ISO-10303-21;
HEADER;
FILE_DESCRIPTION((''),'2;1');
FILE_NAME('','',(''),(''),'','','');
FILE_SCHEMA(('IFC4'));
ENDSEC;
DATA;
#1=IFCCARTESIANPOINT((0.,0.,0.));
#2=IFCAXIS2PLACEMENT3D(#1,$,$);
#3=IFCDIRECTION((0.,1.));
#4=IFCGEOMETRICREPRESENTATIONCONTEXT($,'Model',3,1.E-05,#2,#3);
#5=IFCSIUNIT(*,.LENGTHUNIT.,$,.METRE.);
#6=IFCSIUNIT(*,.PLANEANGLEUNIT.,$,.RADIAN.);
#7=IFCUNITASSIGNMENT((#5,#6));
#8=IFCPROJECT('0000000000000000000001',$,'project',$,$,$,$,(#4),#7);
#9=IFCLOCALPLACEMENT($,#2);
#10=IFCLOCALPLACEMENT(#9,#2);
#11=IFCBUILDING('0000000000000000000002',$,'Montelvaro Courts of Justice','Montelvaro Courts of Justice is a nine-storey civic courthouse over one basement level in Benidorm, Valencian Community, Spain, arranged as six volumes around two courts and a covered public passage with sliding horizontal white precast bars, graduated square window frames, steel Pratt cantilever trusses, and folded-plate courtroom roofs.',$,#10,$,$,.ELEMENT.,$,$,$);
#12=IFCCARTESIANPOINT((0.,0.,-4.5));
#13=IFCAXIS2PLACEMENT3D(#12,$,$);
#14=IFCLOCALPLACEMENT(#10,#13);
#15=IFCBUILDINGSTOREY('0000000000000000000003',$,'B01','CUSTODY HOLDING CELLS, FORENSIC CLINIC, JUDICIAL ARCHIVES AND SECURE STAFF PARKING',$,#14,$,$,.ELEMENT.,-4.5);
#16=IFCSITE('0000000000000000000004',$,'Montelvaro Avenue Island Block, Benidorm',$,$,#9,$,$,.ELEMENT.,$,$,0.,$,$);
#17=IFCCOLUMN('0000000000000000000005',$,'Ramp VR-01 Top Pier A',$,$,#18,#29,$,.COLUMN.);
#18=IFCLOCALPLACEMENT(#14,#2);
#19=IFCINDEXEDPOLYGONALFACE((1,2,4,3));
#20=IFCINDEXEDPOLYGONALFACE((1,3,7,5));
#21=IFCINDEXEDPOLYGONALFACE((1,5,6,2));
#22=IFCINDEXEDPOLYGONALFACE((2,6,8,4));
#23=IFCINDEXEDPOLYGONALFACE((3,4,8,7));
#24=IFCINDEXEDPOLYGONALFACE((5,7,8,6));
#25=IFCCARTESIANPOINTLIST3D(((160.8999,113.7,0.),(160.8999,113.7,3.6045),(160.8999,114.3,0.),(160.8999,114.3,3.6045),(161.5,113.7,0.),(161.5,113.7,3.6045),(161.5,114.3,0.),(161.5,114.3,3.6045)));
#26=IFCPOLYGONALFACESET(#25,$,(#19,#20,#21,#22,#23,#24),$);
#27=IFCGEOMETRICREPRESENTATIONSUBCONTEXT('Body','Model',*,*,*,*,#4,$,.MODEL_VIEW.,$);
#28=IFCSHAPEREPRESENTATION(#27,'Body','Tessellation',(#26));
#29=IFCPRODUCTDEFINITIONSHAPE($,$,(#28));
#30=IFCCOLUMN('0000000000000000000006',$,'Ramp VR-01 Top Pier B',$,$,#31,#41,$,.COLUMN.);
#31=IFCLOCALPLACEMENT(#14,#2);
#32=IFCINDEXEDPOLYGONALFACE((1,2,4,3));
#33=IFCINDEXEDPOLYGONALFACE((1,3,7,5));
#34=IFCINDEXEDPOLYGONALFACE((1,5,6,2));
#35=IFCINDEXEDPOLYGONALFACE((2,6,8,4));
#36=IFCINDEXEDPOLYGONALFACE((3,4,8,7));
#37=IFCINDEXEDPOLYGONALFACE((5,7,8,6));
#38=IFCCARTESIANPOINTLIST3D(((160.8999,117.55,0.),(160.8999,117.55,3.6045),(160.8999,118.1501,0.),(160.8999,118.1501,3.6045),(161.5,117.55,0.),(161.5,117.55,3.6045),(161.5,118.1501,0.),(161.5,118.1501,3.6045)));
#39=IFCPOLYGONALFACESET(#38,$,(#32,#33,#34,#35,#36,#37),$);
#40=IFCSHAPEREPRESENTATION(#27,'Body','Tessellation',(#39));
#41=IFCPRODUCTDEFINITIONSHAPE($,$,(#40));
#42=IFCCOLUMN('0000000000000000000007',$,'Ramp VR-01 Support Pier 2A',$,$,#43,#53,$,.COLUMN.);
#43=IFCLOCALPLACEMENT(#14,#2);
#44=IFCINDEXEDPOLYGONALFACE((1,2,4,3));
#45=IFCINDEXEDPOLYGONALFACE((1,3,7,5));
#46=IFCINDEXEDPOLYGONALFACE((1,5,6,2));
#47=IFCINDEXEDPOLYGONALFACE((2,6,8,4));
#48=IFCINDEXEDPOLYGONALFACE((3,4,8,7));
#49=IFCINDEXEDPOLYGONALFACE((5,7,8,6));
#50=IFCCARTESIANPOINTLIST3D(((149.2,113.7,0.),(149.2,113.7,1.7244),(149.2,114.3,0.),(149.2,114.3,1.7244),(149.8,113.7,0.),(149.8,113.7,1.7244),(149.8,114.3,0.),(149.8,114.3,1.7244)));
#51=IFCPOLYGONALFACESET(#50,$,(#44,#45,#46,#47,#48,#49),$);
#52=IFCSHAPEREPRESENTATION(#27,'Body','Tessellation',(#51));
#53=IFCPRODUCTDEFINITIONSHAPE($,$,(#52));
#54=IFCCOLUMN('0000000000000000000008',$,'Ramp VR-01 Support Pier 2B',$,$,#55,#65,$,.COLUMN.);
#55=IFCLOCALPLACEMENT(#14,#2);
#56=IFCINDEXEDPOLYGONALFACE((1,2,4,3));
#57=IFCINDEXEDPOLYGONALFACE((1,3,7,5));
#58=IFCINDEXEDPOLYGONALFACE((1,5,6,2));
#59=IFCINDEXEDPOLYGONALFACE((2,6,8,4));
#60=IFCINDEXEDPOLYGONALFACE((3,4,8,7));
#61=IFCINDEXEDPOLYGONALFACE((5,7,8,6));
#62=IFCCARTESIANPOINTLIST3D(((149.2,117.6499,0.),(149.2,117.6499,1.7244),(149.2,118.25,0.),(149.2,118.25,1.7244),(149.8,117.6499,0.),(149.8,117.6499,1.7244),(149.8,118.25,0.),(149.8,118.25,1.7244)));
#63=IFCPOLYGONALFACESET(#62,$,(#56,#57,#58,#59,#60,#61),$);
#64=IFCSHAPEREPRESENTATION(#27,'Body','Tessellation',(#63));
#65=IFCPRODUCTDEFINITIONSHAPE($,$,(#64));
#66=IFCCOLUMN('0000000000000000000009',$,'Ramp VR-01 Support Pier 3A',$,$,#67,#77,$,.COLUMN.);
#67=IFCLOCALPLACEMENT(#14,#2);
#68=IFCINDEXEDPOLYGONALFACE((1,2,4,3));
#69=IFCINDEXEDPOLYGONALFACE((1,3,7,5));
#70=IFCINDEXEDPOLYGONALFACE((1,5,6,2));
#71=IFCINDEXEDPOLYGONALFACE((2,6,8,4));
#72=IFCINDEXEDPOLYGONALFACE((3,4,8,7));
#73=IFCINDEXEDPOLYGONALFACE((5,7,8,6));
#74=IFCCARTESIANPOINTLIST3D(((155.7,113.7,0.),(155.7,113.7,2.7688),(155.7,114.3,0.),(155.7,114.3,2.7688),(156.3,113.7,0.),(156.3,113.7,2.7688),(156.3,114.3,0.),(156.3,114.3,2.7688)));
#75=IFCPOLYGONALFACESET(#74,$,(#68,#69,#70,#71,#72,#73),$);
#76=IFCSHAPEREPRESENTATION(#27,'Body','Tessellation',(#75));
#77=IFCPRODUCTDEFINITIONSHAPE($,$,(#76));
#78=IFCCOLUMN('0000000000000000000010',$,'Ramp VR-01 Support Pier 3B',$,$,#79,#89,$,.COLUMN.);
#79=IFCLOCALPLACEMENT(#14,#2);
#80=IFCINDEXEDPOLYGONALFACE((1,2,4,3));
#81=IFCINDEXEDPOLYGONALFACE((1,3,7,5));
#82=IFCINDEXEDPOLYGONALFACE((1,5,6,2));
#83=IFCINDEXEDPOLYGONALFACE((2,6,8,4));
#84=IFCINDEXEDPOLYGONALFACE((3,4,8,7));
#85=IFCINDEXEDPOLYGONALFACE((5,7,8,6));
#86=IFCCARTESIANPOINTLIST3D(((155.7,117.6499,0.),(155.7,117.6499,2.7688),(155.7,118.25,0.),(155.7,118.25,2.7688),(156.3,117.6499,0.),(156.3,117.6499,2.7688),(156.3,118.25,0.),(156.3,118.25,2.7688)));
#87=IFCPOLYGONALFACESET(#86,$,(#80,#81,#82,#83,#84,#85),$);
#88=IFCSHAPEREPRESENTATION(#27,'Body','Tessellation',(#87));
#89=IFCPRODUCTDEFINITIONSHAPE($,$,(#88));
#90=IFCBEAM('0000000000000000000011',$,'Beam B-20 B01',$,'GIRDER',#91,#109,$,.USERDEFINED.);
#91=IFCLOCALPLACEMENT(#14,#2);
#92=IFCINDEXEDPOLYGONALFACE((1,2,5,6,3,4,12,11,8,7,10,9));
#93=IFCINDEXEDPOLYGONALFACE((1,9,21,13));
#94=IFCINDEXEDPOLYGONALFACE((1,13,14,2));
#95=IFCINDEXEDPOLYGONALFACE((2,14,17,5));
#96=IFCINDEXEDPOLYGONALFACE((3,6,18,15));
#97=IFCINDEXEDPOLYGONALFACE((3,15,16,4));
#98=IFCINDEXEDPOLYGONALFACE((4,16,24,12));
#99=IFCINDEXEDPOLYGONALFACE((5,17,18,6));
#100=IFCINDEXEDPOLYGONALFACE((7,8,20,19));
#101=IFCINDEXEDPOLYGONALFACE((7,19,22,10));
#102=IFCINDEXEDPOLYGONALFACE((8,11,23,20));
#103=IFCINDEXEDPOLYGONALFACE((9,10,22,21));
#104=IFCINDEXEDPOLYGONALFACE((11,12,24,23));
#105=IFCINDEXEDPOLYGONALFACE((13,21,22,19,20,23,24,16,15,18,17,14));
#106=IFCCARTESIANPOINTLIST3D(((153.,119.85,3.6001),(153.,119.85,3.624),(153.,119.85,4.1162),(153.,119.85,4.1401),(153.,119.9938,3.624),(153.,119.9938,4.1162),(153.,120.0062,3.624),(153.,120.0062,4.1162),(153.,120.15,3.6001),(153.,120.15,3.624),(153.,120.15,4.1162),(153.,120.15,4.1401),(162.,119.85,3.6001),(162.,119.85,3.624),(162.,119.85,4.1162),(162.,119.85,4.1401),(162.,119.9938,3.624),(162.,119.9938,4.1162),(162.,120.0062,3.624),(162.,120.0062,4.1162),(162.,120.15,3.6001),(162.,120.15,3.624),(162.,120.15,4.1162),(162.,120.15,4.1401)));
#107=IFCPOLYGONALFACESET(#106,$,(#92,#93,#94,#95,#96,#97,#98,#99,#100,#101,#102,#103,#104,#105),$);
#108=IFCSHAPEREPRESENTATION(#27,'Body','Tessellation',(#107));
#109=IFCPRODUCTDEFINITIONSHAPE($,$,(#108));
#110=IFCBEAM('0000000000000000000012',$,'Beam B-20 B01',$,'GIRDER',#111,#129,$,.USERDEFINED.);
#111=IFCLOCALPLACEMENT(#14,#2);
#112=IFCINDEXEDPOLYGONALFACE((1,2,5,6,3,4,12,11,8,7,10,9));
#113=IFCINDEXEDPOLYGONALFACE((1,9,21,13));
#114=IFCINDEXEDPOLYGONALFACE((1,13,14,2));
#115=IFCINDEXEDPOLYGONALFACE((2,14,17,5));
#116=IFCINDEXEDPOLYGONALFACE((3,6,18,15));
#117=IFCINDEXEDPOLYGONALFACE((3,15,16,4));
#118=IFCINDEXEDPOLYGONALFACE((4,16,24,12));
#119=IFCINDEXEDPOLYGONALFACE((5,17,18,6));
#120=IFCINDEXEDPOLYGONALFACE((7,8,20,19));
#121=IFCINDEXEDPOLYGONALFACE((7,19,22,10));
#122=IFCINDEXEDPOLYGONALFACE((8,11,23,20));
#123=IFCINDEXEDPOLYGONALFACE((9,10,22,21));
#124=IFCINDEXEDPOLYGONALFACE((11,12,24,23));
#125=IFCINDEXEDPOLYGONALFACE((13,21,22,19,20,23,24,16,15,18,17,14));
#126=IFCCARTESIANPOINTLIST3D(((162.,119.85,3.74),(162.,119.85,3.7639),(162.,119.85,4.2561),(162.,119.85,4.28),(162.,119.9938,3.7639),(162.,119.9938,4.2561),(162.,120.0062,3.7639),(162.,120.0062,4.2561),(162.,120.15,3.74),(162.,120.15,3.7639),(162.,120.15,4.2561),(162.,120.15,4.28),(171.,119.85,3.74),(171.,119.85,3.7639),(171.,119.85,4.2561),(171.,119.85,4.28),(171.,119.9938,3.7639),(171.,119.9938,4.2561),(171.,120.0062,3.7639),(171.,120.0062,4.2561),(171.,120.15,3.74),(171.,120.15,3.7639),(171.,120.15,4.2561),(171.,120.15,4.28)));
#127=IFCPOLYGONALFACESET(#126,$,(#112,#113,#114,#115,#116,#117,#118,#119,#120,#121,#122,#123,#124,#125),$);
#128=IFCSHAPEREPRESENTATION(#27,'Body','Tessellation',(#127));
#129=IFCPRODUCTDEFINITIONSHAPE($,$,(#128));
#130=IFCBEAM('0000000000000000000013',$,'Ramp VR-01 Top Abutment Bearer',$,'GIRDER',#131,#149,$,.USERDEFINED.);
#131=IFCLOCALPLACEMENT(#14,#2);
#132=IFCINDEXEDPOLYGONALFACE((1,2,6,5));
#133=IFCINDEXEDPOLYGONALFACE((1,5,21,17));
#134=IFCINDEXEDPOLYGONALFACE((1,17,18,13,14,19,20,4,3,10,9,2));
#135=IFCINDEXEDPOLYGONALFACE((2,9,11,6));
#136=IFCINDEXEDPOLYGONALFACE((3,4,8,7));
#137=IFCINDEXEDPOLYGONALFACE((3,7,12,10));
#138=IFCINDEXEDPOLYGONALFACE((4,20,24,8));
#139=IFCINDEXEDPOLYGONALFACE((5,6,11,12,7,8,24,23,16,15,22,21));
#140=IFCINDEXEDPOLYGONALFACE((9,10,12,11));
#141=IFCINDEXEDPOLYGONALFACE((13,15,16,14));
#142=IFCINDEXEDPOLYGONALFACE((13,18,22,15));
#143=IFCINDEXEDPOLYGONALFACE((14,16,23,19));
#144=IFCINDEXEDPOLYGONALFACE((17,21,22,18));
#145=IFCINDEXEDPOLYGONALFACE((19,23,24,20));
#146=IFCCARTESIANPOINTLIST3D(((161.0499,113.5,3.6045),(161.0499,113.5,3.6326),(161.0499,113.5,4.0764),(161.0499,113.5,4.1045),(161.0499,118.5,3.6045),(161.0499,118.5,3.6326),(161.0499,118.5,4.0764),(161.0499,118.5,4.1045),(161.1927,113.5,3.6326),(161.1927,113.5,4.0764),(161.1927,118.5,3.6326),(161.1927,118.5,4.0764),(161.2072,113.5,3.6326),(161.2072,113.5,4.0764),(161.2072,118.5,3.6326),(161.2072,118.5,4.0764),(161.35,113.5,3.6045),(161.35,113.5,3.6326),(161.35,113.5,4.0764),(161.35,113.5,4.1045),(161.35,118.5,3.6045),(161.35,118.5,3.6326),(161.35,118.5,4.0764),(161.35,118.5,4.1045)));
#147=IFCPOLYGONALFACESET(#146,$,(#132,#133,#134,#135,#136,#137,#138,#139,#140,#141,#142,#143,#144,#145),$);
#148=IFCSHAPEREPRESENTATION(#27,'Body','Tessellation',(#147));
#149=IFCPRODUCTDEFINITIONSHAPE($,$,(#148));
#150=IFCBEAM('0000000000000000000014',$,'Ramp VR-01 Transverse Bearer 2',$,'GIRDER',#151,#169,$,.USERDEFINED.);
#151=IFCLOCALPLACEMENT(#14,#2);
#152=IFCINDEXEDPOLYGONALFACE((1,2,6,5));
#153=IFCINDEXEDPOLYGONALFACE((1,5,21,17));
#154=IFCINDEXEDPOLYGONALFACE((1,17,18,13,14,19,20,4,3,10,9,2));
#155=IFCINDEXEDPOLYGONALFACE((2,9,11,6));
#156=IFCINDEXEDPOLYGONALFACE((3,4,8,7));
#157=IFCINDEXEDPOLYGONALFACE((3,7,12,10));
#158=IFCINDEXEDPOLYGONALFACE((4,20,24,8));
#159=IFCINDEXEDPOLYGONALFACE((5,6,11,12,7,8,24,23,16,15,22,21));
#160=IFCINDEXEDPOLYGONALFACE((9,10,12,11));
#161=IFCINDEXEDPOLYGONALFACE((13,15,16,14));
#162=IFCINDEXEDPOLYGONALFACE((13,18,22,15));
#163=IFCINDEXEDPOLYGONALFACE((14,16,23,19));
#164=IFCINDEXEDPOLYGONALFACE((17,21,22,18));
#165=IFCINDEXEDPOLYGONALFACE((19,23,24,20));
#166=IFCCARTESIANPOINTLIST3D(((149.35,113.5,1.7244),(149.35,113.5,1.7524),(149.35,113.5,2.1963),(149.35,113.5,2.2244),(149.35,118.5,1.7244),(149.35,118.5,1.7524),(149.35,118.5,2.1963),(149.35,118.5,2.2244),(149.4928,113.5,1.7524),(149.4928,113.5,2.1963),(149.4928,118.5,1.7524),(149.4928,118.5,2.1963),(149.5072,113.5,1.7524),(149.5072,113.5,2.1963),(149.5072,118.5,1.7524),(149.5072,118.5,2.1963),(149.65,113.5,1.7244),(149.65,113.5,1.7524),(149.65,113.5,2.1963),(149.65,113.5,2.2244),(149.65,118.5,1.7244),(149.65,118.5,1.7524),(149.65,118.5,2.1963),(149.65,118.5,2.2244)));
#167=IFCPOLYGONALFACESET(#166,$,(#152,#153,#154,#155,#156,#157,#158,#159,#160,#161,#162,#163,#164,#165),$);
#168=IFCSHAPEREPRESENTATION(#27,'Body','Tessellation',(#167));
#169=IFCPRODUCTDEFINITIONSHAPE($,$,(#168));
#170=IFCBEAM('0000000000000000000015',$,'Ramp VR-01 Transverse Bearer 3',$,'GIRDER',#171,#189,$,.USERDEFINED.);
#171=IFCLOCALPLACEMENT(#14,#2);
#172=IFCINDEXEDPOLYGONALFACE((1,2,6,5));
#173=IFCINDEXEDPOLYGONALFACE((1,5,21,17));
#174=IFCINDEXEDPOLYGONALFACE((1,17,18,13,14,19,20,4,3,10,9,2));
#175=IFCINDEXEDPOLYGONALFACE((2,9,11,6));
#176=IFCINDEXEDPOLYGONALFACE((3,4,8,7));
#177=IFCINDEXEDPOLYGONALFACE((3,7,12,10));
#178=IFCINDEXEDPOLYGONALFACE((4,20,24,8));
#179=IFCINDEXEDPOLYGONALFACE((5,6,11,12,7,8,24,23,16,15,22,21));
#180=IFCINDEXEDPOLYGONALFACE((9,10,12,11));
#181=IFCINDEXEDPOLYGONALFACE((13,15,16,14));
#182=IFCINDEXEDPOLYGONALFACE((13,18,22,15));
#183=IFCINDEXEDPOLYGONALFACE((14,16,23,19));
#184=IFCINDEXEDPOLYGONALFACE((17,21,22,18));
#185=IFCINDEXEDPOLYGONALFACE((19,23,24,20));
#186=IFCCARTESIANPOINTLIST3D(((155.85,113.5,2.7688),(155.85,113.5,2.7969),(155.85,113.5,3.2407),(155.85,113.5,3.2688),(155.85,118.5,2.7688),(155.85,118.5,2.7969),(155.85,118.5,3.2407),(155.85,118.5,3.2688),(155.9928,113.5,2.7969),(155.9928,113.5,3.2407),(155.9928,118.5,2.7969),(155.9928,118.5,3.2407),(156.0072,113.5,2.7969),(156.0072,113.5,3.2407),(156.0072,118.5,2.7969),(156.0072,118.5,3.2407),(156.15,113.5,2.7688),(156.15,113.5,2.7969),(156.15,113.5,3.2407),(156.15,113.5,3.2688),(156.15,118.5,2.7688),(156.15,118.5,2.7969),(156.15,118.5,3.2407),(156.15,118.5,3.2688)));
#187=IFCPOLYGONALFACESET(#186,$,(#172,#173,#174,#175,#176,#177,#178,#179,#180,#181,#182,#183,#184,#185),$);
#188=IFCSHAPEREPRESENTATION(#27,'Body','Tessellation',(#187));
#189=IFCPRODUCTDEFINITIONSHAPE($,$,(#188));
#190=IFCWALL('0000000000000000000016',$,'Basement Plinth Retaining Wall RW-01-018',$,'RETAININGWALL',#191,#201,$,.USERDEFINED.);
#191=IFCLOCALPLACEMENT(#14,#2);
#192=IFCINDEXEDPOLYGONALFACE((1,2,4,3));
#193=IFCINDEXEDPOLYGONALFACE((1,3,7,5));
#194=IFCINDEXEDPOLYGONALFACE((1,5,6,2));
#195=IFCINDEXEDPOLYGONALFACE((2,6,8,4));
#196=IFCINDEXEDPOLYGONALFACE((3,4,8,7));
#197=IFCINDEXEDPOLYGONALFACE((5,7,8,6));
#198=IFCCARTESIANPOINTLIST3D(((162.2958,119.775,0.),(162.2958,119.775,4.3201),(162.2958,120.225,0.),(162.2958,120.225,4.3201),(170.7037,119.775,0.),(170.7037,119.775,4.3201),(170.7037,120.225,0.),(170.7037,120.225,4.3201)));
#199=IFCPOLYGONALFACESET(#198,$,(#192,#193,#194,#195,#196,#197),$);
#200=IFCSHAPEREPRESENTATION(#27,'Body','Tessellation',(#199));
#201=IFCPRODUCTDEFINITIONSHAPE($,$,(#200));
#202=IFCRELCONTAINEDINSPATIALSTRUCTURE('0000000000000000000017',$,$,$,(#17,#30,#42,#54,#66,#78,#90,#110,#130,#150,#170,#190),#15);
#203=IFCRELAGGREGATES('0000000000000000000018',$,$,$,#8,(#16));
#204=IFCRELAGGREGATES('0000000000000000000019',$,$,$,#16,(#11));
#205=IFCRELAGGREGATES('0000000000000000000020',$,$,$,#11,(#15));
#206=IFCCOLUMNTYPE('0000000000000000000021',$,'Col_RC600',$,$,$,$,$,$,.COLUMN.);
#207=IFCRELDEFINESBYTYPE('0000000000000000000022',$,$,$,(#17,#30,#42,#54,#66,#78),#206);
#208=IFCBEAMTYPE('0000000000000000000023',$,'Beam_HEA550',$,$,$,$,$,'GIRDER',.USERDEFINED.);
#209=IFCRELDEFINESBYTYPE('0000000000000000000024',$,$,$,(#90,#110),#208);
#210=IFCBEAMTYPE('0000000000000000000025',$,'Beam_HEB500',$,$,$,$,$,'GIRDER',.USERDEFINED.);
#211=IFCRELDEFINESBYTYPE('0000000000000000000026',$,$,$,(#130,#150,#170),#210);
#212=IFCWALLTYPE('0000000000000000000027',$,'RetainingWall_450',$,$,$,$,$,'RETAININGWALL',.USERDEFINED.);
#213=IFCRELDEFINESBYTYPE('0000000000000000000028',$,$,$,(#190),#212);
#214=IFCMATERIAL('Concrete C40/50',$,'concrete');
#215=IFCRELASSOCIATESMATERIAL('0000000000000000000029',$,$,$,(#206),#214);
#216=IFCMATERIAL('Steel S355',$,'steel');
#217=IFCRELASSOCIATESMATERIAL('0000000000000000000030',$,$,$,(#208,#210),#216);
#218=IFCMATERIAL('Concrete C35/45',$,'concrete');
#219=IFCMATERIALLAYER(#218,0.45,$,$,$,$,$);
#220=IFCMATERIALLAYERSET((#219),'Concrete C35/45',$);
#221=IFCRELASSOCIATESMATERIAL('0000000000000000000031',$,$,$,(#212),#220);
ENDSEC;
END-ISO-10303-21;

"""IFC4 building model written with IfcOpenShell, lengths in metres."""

from ifc_helpers import new_model, si_unit, direction, frame, frame_2d, origin, origin_2d, place, context, subcontext, project, spatial, rectangle, i_section, extrude, material, layer, layer_set, material_profile, profile_set, type_object, element, save


model = new_model("IFC4")

# Units and contexts
model_context = context("Model", 3, precision=1e-05, world=origin(), true_north=direction((0.0, 1.0)))
body_context = subcontext(model_context, "Body", "Model", "MODEL_VIEW")
ifc_project = project(units=[si_unit("LENGTHUNIT", "METRE"), si_unit("PLANEANGLEUNIT", "RADIAN")], contexts=[model_context])

# Site, building, storey
site_placement = place(None, origin())
site = spatial("IfcSite", under=ifc_project, at=site_placement, Name="Montelvaro Avenue Island Block, Benidorm", CompositionType="ELEMENT", RefElevation=0.0)
building_placement = place(site_placement, origin())
building = spatial("IfcBuilding", under=site, at=building_placement, Name="Montelvaro Courts of Justice", Description="Montelvaro Courts of Justice is a nine-storey civic courthouse over one basement level in Benidorm, Valencian Community, Spain, arranged as six volumes around two courts and a covered public passage with sliding horizontal white precast bars, graduated square window frames, steel Pratt cantilever trusses, and folded-plate courtroom roofs.", CompositionType="ELEMENT")
storey_placement = place(building_placement, frame((0.0, 0.0, -4.5)))
storey = spatial("IfcBuildingStorey", under=building, at=storey_placement, Name="B01", Description="CUSTODY HOLDING CELLS, FORENSIC CLINIC, JUDICIAL ARCHIVES AND SECURE STAFF PARKING", CompositionType="ELEMENT", Elevation=-4.5)

# Shared definitions
ifc_material_1 = material(Name="Concrete C35/45", Category="concrete")

# Columns
ifc_material_2 = material(Name="Concrete C40/50", Category="concrete")
ifc_material_profile_1 = material_profile(ifc_material_2, rectangle(XDim=0.6001, YDim=0.6001, at=origin_2d()), Name="RC 600x600")
ifc_profile_set_1 = profile_set([ifc_material_profile_1], Name="Concrete C40/50")
column_type = type_object("IfcColumnType", Name="Col_RC600", PredefinedType="COLUMN", material=ifc_profile_set_1)
for number, where, z_axis, x_axis, name in (
    (1, (161.2, 114.0, 0.0), (0.0, 0.0, 1.0), (1.0, 0.0, 0.0), "Ramp VR-01 Top Pier A"),
    (2, (161.2, 117.8501, 0.0), (0.0, 0.0, 1.0), (1.0, 0.0, 0.0), "Ramp VR-01 Top Pier B"),
):
    element("IfcColumn", number, at=place(storey_placement, frame(where, z_axis=z_axis, x_axis=x_axis)), inside=storey, type_object=column_type, Name=name, PredefinedType="COLUMN", context=body_context, shape_type="SweptSolid", body=[
        extrude(rectangle(XDim=0.6001, YDim=0.6001, at=origin_2d()), origin(), (0.0, 0.0, 1.0), 3.6045),
    ])
for number, where, z_axis, x_axis, name in (
    (3, (149.5, 114.0, 0.0), (0.0, 0.0, 1.0), (1.0, 0.0, 0.0), "Ramp VR-01 Support Pier 2A"),
    (4, (149.5, 117.95, 0.0), (0.0, 0.0, 1.0), (1.0, 0.0, 0.0), "Ramp VR-01 Support Pier 2B"),
):
    element("IfcColumn", number, at=place(storey_placement, frame(where, z_axis=z_axis, x_axis=x_axis)), inside=storey, type_object=column_type, Name=name, PredefinedType="COLUMN", context=body_context, shape_type="SweptSolid", body=[
        extrude(rectangle(XDim=0.6001, YDim=0.6001, at=origin_2d()), origin(), (0.0, 0.0, 1.0), 1.7244),
    ])
for number, where, z_axis, x_axis, name in (
    (5, (156.0, 114.0, 0.0), (0.0, 0.0, 1.0), (1.0, 0.0, 0.0), "Ramp VR-01 Support Pier 3A"),
    (6, (156.0, 117.95, 0.0), (0.0, 0.0, 1.0), (1.0, 0.0, 0.0), "Ramp VR-01 Support Pier 3B"),
):
    element("IfcColumn", number, at=place(storey_placement, frame(where, z_axis=z_axis, x_axis=x_axis)), inside=storey, type_object=column_type, Name=name, PredefinedType="COLUMN", context=body_context, shape_type="SweptSolid", body=[
        extrude(rectangle(XDim=0.6001, YDim=0.6001, at=origin_2d()), origin(), (0.0, 0.0, 1.0), 2.7688),
    ])

# Beams
ifc_material_3 = material(Name="Steel S355", Category="steel")
ifc_material_profile_2 = material_profile(ifc_material_3, i_section(OverallWidth=0.3, OverallDepth=0.54, WebThickness=0.0125, FlangeThickness=0.0239, at=origin_2d()), Name="HEA 550")
ifc_profile_set_2 = profile_set([ifc_material_profile_2], Name="Steel S355")
beam_type_1 = type_object("IfcBeamType", Name="Beam_HEA550", ElementType="GIRDER", PredefinedType="USERDEFINED", material=ifc_profile_set_2)
for number, where, z_axis, x_axis, name in (
    (7, (153.0, 120.0, 3.8701), (1.0, 0.0, 0.0), (0.0, 1.0, 0.0), "Beam B-20 B01"),
    (8, (162.0, 120.0, 4.01), (1.0, 0.0, 0.0), (0.0, 1.0, 0.0), "Beam B-20 B01"),
):
    element("IfcBeam", number, at=place(storey_placement, frame(where, z_axis=z_axis, x_axis=x_axis)), inside=storey, type_object=beam_type_1, Name=name, ObjectType="GIRDER", PredefinedType="USERDEFINED", context=body_context, shape_type="SweptSolid", body=[
        extrude(i_section(OverallWidth=0.3, OverallDepth=0.54, WebThickness=0.0125, FlangeThickness=0.0239, at=origin_2d()), origin(), (0.0, 0.0, 1.0), 9.0),
    ])
ifc_material_profile_3 = material_profile(ifc_material_3, i_section(OverallWidth=0.3, OverallDepth=0.5, WebThickness=0.0144, FlangeThickness=0.0281, at=origin_2d()), Name="HEB 500")
ifc_profile_set_3 = profile_set([ifc_material_profile_3], Name="Steel S355")
beam_type_2 = type_object("IfcBeamType", Name="Beam_HEB500", ElementType="GIRDER", PredefinedType="USERDEFINED", material=ifc_profile_set_3)
for number, where, z_axis, x_axis, name in (
    (9, (161.2, 113.5, 3.8545), (0.0, 1.0, 0.0), (-1.0, 0.0, 0.0), "Ramp VR-01 Top Abutment Bearer"),
    (10, (149.5, 113.5, 1.9744), (0.0, 1.0, 0.0), (-1.0, 0.0, 0.0), "Ramp VR-01 Transverse Bearer 2"),
    (11, (156.0, 113.5, 3.0188), (0.0, 1.0, 0.0), (-1.0, 0.0, 0.0), "Ramp VR-01 Transverse Bearer 3"),
):
    element("IfcBeam", number, at=place(storey_placement, frame(where, z_axis=z_axis, x_axis=x_axis)), inside=storey, type_object=beam_type_2, Name=name, ObjectType="GIRDER", PredefinedType="USERDEFINED", context=body_context, shape_type="SweptSolid", body=[
        extrude(i_section(OverallWidth=0.3, OverallDepth=0.5, WebThickness=0.0144, FlangeThickness=0.0281, at=origin_2d()), origin(), (0.0, 0.0, 1.0), 5.0),
    ])

# Wall
ifc_layer = layer(ifc_material_1, 0.45)
ifc_layer_set = layer_set([ifc_layer], Name="Concrete C35/45")
wall_type = type_object("IfcWallType", Name="RetainingWall_450", ElementType="RETAININGWALL", PredefinedType="USERDEFINED", material=ifc_layer_set)
wall_placement = place(storey_placement, frame((170.7039, 120.0, 0.0), z_axis=(0.0, 0.0, 1.0), x_axis=(-1.0, 0.0, 0.0)))
element("IfcWall", 12, at=wall_placement, inside=storey, type_object=wall_type, Name="Basement Plinth Retaining Wall RW-01-018", ObjectType="RETAININGWALL", PredefinedType="USERDEFINED", context=body_context, shape_type="SweptSolid", body=[
    extrude(rectangle(XDim=8.408, YDim=0.45, at=frame_2d((4.2041, 0.0))), origin(), (0.0, 0.0, 1.0), 4.3201),
])

save(model, "model.ifc")
